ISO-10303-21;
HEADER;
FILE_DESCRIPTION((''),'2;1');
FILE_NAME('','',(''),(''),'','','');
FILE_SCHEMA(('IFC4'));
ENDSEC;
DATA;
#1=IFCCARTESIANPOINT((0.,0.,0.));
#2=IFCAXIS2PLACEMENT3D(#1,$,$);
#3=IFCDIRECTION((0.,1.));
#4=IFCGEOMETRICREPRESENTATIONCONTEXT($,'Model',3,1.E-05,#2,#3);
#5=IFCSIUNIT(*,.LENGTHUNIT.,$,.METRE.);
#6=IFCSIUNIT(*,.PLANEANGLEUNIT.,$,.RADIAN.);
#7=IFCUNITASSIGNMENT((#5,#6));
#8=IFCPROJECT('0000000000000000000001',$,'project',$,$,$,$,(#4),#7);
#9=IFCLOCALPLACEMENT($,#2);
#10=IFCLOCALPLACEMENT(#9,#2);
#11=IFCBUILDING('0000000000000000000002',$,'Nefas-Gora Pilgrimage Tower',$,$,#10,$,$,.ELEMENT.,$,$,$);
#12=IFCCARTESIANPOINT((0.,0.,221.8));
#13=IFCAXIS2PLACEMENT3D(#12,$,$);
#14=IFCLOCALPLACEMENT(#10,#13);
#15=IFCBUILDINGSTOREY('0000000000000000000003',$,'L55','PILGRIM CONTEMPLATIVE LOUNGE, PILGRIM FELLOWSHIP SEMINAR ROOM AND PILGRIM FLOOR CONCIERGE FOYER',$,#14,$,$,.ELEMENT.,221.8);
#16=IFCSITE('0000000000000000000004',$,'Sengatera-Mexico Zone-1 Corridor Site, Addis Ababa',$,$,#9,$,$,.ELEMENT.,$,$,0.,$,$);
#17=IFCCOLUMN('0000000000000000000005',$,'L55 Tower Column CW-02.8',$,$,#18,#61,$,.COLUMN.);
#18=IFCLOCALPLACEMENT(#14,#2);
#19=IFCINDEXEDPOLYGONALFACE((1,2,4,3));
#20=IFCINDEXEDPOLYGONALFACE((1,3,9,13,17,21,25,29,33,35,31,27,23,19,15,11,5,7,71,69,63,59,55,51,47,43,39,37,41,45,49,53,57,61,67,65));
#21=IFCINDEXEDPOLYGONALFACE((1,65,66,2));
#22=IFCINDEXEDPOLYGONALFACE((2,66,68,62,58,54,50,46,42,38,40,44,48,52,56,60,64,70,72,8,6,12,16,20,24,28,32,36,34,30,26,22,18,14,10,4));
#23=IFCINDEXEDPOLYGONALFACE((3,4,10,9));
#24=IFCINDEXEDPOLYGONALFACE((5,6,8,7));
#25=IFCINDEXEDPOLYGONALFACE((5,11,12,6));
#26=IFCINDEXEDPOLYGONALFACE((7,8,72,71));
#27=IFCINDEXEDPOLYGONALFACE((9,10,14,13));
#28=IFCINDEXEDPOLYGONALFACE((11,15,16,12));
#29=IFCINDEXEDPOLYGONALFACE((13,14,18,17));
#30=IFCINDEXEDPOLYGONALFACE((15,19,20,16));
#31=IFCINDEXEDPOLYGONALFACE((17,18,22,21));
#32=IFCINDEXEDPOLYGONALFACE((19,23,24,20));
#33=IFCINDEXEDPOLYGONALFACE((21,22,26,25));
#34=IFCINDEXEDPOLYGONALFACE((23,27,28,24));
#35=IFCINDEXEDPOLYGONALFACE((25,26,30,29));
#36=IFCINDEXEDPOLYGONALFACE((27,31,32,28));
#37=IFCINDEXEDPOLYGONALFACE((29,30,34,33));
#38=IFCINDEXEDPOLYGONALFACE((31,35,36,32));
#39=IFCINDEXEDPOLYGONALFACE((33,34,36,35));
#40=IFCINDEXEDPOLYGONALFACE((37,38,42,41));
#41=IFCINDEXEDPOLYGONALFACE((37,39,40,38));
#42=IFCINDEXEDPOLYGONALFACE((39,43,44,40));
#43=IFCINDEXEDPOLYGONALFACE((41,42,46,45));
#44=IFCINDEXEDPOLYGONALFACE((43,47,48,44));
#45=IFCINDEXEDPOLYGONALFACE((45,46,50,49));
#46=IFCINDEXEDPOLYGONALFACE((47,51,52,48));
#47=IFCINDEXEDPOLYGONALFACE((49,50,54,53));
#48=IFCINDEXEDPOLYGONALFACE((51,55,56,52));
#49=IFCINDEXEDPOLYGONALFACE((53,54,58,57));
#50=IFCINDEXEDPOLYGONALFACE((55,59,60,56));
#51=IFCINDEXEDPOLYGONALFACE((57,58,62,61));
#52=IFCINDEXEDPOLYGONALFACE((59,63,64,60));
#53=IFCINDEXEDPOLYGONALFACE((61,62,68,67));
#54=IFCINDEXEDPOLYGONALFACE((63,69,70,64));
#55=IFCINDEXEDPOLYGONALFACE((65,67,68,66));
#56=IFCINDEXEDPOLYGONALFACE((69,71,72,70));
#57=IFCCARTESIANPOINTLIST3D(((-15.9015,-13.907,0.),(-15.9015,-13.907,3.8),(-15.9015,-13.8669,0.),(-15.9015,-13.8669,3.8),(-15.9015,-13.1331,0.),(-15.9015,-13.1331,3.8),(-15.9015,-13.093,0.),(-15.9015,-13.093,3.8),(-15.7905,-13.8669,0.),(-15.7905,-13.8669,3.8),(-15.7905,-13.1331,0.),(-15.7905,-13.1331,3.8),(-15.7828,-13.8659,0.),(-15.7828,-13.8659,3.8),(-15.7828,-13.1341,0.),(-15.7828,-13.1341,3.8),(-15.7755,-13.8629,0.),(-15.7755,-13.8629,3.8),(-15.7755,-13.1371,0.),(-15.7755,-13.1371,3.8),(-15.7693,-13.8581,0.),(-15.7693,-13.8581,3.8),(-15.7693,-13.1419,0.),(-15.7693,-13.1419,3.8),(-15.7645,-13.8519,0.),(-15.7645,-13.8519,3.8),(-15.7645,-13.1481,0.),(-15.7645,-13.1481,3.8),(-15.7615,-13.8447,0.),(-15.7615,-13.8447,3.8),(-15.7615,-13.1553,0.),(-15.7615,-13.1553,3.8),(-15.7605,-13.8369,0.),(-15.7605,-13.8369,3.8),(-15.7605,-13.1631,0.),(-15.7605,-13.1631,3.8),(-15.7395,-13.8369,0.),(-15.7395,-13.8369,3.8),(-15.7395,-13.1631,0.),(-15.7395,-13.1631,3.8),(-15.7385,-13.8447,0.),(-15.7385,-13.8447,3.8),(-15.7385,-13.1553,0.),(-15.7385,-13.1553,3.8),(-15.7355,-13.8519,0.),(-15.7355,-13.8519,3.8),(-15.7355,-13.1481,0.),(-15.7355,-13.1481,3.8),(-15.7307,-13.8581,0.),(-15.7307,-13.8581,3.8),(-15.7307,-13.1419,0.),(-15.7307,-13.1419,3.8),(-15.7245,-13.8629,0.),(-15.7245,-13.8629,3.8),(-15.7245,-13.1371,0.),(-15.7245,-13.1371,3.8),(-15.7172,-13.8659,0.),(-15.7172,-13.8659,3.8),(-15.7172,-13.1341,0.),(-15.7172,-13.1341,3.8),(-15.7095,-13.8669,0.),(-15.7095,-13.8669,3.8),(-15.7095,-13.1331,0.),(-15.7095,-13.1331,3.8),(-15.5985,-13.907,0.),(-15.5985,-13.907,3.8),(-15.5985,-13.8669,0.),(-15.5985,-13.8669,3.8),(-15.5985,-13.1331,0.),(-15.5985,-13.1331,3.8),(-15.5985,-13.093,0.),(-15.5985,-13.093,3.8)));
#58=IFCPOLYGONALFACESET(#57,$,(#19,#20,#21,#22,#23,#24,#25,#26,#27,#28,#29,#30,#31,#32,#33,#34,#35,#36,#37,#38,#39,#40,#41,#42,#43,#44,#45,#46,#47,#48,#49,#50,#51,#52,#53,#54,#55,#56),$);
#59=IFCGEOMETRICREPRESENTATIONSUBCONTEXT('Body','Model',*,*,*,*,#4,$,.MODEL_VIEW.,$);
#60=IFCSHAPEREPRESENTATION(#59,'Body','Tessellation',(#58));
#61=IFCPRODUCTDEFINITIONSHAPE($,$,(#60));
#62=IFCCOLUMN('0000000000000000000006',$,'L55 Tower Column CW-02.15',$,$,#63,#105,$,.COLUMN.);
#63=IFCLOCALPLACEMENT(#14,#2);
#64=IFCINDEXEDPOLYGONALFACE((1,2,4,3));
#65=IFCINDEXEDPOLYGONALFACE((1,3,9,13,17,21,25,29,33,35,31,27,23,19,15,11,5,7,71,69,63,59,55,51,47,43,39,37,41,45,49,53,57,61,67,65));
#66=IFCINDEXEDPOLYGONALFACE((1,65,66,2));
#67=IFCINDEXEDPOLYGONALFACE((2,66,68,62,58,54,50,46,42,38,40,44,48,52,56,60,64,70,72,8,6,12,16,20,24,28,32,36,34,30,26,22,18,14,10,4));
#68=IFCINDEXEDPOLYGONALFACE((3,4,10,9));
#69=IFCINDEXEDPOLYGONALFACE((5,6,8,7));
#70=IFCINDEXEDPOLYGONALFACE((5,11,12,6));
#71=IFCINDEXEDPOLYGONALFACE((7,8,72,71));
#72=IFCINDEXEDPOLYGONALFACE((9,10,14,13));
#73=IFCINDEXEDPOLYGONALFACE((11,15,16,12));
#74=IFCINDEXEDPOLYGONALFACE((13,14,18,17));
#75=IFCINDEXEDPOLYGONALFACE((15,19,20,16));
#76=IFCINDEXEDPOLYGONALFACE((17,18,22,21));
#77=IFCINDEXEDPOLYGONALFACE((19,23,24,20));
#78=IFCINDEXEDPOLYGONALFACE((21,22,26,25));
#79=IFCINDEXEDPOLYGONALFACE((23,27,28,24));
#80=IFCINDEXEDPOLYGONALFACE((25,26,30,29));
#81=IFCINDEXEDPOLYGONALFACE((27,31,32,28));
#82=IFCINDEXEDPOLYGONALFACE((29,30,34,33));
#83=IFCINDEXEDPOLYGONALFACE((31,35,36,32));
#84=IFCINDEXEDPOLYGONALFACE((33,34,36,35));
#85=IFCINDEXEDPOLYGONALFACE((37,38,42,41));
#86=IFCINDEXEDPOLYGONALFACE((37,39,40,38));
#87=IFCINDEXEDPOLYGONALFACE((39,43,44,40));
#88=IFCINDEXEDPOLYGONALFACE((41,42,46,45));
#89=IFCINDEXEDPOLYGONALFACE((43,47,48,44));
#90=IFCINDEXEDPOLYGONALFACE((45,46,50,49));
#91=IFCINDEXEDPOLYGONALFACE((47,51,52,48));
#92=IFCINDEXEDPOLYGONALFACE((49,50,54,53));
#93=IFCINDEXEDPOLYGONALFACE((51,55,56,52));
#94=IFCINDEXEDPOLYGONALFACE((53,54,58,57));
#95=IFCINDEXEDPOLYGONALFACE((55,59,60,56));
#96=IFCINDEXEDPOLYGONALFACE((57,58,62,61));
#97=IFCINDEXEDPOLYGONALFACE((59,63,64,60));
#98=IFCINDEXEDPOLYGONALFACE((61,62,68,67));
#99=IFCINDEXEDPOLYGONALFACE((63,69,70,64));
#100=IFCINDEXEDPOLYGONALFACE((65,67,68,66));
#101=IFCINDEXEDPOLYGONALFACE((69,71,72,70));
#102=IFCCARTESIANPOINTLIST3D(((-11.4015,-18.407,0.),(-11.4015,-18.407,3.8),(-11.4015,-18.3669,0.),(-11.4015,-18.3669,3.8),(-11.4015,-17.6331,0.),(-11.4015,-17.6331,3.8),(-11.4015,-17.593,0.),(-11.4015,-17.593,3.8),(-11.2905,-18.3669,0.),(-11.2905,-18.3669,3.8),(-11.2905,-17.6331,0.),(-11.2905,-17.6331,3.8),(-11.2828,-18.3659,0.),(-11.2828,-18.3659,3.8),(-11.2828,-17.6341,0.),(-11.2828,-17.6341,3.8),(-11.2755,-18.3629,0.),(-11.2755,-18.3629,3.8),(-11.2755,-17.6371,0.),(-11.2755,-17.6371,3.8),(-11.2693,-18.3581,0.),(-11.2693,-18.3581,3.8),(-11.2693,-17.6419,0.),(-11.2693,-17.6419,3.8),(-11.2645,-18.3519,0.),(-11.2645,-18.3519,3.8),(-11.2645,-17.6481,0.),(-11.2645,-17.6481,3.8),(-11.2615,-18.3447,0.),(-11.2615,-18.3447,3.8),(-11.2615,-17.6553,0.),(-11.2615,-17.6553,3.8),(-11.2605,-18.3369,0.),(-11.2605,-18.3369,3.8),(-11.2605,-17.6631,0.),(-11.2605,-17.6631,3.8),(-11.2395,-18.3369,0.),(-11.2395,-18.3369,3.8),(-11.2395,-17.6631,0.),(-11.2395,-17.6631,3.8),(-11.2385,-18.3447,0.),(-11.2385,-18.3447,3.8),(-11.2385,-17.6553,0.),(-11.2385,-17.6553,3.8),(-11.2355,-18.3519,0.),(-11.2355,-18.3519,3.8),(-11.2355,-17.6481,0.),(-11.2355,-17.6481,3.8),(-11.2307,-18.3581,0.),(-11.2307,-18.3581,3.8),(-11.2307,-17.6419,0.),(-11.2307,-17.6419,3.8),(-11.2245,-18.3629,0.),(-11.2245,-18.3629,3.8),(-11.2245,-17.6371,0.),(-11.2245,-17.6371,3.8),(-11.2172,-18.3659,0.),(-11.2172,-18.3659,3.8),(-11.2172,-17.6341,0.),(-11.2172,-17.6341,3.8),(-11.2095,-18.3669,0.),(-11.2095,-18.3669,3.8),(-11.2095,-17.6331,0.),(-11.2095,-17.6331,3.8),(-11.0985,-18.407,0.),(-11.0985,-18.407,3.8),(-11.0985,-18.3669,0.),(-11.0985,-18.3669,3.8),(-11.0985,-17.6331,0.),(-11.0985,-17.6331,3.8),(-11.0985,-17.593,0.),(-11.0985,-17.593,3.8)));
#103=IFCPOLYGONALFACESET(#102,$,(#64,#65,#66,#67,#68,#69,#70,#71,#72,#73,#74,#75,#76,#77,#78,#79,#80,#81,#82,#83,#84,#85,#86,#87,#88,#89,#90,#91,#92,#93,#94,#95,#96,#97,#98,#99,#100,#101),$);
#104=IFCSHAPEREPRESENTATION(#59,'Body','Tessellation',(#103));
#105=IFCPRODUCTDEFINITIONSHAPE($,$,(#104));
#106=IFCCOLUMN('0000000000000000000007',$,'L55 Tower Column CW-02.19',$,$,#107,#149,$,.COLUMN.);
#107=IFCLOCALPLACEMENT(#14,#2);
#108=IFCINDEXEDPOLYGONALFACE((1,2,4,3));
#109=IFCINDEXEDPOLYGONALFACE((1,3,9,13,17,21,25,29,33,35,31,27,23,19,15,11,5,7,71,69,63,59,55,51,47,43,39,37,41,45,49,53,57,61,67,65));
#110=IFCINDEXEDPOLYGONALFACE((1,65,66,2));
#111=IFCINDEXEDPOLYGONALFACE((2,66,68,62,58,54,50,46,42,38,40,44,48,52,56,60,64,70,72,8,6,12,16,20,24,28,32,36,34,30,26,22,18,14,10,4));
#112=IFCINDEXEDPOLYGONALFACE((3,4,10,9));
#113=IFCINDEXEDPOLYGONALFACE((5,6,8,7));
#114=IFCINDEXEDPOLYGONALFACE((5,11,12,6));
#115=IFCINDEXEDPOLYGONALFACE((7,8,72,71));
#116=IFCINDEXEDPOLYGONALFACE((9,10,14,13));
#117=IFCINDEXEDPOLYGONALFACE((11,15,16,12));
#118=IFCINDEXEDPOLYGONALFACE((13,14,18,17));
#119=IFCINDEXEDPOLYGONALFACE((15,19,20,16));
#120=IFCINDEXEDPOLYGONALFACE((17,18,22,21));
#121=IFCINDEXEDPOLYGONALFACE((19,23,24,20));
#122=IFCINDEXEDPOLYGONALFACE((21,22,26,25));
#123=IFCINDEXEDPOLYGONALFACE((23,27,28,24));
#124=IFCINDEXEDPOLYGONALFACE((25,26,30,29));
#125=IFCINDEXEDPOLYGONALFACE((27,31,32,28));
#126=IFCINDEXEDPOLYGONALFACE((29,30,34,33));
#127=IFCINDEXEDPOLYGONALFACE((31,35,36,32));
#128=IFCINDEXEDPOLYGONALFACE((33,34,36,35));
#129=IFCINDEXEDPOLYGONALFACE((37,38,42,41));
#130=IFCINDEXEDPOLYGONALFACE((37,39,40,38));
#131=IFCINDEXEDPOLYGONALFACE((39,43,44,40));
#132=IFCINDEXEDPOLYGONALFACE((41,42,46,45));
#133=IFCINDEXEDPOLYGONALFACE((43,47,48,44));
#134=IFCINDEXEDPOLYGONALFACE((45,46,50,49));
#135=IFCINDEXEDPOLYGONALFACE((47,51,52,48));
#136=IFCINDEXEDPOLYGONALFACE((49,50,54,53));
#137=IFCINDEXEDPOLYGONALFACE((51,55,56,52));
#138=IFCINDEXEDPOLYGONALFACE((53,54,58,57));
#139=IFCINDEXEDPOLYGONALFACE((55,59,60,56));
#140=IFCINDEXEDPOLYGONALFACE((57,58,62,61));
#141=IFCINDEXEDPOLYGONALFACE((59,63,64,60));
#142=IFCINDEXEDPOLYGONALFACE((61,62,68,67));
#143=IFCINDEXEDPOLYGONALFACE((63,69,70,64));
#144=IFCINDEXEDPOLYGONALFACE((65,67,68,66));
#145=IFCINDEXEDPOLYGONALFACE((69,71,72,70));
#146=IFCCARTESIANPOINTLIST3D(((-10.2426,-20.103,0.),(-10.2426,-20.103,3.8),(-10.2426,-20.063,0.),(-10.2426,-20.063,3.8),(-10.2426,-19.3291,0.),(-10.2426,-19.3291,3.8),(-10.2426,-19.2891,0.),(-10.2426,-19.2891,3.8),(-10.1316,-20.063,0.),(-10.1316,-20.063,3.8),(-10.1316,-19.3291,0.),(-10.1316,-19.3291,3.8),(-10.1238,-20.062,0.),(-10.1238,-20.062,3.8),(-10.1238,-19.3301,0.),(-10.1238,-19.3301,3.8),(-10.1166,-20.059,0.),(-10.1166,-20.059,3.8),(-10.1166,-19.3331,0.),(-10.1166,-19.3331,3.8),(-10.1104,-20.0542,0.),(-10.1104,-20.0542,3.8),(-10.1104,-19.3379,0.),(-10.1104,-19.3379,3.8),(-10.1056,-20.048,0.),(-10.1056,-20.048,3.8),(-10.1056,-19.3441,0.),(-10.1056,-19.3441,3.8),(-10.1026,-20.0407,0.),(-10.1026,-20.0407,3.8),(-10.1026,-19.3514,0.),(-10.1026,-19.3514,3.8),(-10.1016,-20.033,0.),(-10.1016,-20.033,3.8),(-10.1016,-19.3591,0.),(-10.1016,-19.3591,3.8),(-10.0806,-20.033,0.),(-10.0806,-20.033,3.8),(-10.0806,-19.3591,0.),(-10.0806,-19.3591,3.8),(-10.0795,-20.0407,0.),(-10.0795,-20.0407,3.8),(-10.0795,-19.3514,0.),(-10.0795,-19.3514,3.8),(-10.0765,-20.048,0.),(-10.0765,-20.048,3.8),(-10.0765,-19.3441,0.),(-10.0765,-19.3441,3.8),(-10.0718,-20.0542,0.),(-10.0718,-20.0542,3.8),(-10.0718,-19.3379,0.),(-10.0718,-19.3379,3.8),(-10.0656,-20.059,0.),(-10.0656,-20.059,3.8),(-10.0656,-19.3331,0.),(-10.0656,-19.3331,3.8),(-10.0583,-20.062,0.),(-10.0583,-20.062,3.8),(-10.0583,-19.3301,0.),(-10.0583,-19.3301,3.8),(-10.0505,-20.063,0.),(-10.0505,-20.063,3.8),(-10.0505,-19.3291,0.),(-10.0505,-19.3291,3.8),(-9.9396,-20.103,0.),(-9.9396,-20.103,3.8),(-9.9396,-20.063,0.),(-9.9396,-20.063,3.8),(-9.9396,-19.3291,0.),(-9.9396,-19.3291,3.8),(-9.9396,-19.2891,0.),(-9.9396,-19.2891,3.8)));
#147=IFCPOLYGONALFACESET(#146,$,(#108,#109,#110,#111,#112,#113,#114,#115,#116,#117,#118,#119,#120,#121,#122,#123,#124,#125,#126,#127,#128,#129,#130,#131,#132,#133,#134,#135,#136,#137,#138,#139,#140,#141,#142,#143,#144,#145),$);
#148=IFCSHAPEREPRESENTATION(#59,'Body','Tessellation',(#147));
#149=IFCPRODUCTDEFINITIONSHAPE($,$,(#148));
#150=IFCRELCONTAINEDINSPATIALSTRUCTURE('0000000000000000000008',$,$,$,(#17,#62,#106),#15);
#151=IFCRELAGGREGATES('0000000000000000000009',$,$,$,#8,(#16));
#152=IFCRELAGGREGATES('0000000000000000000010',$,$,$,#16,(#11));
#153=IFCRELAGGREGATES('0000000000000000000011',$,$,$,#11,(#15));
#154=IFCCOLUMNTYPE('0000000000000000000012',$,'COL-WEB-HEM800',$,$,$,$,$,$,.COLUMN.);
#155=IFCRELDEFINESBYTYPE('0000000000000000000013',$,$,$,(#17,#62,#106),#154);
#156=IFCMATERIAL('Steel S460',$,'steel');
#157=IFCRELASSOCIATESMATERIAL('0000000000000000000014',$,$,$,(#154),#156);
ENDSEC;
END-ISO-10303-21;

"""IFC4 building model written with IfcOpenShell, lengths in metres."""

from ifc_helpers import new_model, si_unit, direction, frame, origin, origin_2d, place, context, subcontext, project, spatial, i_section, extrude, source, transform, mapped, material, material_profile, profile_set, type_object, element, save


model = new_model("IFC4")

# Units and contexts
model_context = context("Model", 3, precision=1e-05, world=origin(), true_north=direction((0.0, 1.0)))
body_context = subcontext(model_context, "Body", "Model", "MODEL_VIEW")
ifc_project = project(units=[si_unit("LENGTHUNIT", "METRE"), si_unit("PLANEANGLEUNIT", "RADIAN")], contexts=[model_context])

# Site, building, storey
site_placement = place(None, origin())
site = spatial("IfcSite", under=ifc_project, at=site_placement, Name="Sengatera-Mexico Zone-1 Corridor Site, Addis Ababa", CompositionType="ELEMENT", RefElevation=0.0)
building_placement = place(site_placement, origin())
building = spatial("IfcBuilding", under=site, at=building_placement, Name="Nefas-Gora Pilgrimage Tower", CompositionType="ELEMENT")
storey_placement = place(building_placement, frame((0.0, 0.0, 221.8)))
storey = spatial("IfcBuildingStorey", under=building, at=storey_placement, Name="L55", Description="PILGRIM CONTEMPLATIVE LOUNGE, PILGRIM FELLOWSHIP SEMINAR ROOM AND PILGRIM FLOOR CONCIERGE FOYER", CompositionType="ELEMENT", Elevation=221.8)

# Columns
ifc_material_1 = material(Name="Steel S460", Category="steel")
ifc_material_profile_1 = material_profile(ifc_material_1, i_section(OverallWidth=0.303, OverallDepth=0.814, WebThickness=0.021, FlangeThickness=0.04, FilletRadius=0.03, at=origin_2d()), Name="HEM 800")
ifc_profile_set_1 = profile_set([ifc_material_profile_1], Name="Steel S460")
column_type_1 = type_object("IfcColumnType", Name="COL-WEB-HEM800", PredefinedType="COLUMN", material=ifc_profile_set_1)
shared_shape_1 = source(origin(), body_context, "Body", "SweptSolid", [
    extrude(i_section(OverallWidth=0.303, OverallDepth=0.814, WebThickness=0.021, FlangeThickness=0.04, FilletRadius=0.03, at=origin_2d()), origin(), (0.0, 0.0, 1.0), 3.8),
])
for number, where, z_axis, x_axis, name in (
    (1, (-15.75, -13.5, 0.0), (0.0, 0.0, 1.0), (1.0, 0.0, 0.0), "L55 Tower Column CW-02.8"),
    (2, (-11.25, -18.0, 0.0), (0.0, 0.0, 1.0), (1.0, 0.0, 0.0), "L55 Tower Column CW-02.15"),
    (3, (-10.0911, -19.696, 0.0), (0.0, 0.0, 1.0), (1.0, 0.0, 0.0), "L55 Tower Column CW-02.19"),
):
    element("IfcColumn", number, at=place(storey_placement, frame(where, z_axis=z_axis, x_axis=x_axis)), inside=storey, type_object=column_type_1, Name=name, PredefinedType="COLUMN", context=body_context, shape_type="MappedRepresentation", body=[
        mapped(shared_shape_1, transform((0.0, 0.0, 0.0), x_axis=(1.0, 0.0, 0.0), y_axis=(0.0, 1.0, 0.0), z_axis=(0.0, 0.0, 1.0), scale=1.0)),
    ])

save(model, "model.ifc")
